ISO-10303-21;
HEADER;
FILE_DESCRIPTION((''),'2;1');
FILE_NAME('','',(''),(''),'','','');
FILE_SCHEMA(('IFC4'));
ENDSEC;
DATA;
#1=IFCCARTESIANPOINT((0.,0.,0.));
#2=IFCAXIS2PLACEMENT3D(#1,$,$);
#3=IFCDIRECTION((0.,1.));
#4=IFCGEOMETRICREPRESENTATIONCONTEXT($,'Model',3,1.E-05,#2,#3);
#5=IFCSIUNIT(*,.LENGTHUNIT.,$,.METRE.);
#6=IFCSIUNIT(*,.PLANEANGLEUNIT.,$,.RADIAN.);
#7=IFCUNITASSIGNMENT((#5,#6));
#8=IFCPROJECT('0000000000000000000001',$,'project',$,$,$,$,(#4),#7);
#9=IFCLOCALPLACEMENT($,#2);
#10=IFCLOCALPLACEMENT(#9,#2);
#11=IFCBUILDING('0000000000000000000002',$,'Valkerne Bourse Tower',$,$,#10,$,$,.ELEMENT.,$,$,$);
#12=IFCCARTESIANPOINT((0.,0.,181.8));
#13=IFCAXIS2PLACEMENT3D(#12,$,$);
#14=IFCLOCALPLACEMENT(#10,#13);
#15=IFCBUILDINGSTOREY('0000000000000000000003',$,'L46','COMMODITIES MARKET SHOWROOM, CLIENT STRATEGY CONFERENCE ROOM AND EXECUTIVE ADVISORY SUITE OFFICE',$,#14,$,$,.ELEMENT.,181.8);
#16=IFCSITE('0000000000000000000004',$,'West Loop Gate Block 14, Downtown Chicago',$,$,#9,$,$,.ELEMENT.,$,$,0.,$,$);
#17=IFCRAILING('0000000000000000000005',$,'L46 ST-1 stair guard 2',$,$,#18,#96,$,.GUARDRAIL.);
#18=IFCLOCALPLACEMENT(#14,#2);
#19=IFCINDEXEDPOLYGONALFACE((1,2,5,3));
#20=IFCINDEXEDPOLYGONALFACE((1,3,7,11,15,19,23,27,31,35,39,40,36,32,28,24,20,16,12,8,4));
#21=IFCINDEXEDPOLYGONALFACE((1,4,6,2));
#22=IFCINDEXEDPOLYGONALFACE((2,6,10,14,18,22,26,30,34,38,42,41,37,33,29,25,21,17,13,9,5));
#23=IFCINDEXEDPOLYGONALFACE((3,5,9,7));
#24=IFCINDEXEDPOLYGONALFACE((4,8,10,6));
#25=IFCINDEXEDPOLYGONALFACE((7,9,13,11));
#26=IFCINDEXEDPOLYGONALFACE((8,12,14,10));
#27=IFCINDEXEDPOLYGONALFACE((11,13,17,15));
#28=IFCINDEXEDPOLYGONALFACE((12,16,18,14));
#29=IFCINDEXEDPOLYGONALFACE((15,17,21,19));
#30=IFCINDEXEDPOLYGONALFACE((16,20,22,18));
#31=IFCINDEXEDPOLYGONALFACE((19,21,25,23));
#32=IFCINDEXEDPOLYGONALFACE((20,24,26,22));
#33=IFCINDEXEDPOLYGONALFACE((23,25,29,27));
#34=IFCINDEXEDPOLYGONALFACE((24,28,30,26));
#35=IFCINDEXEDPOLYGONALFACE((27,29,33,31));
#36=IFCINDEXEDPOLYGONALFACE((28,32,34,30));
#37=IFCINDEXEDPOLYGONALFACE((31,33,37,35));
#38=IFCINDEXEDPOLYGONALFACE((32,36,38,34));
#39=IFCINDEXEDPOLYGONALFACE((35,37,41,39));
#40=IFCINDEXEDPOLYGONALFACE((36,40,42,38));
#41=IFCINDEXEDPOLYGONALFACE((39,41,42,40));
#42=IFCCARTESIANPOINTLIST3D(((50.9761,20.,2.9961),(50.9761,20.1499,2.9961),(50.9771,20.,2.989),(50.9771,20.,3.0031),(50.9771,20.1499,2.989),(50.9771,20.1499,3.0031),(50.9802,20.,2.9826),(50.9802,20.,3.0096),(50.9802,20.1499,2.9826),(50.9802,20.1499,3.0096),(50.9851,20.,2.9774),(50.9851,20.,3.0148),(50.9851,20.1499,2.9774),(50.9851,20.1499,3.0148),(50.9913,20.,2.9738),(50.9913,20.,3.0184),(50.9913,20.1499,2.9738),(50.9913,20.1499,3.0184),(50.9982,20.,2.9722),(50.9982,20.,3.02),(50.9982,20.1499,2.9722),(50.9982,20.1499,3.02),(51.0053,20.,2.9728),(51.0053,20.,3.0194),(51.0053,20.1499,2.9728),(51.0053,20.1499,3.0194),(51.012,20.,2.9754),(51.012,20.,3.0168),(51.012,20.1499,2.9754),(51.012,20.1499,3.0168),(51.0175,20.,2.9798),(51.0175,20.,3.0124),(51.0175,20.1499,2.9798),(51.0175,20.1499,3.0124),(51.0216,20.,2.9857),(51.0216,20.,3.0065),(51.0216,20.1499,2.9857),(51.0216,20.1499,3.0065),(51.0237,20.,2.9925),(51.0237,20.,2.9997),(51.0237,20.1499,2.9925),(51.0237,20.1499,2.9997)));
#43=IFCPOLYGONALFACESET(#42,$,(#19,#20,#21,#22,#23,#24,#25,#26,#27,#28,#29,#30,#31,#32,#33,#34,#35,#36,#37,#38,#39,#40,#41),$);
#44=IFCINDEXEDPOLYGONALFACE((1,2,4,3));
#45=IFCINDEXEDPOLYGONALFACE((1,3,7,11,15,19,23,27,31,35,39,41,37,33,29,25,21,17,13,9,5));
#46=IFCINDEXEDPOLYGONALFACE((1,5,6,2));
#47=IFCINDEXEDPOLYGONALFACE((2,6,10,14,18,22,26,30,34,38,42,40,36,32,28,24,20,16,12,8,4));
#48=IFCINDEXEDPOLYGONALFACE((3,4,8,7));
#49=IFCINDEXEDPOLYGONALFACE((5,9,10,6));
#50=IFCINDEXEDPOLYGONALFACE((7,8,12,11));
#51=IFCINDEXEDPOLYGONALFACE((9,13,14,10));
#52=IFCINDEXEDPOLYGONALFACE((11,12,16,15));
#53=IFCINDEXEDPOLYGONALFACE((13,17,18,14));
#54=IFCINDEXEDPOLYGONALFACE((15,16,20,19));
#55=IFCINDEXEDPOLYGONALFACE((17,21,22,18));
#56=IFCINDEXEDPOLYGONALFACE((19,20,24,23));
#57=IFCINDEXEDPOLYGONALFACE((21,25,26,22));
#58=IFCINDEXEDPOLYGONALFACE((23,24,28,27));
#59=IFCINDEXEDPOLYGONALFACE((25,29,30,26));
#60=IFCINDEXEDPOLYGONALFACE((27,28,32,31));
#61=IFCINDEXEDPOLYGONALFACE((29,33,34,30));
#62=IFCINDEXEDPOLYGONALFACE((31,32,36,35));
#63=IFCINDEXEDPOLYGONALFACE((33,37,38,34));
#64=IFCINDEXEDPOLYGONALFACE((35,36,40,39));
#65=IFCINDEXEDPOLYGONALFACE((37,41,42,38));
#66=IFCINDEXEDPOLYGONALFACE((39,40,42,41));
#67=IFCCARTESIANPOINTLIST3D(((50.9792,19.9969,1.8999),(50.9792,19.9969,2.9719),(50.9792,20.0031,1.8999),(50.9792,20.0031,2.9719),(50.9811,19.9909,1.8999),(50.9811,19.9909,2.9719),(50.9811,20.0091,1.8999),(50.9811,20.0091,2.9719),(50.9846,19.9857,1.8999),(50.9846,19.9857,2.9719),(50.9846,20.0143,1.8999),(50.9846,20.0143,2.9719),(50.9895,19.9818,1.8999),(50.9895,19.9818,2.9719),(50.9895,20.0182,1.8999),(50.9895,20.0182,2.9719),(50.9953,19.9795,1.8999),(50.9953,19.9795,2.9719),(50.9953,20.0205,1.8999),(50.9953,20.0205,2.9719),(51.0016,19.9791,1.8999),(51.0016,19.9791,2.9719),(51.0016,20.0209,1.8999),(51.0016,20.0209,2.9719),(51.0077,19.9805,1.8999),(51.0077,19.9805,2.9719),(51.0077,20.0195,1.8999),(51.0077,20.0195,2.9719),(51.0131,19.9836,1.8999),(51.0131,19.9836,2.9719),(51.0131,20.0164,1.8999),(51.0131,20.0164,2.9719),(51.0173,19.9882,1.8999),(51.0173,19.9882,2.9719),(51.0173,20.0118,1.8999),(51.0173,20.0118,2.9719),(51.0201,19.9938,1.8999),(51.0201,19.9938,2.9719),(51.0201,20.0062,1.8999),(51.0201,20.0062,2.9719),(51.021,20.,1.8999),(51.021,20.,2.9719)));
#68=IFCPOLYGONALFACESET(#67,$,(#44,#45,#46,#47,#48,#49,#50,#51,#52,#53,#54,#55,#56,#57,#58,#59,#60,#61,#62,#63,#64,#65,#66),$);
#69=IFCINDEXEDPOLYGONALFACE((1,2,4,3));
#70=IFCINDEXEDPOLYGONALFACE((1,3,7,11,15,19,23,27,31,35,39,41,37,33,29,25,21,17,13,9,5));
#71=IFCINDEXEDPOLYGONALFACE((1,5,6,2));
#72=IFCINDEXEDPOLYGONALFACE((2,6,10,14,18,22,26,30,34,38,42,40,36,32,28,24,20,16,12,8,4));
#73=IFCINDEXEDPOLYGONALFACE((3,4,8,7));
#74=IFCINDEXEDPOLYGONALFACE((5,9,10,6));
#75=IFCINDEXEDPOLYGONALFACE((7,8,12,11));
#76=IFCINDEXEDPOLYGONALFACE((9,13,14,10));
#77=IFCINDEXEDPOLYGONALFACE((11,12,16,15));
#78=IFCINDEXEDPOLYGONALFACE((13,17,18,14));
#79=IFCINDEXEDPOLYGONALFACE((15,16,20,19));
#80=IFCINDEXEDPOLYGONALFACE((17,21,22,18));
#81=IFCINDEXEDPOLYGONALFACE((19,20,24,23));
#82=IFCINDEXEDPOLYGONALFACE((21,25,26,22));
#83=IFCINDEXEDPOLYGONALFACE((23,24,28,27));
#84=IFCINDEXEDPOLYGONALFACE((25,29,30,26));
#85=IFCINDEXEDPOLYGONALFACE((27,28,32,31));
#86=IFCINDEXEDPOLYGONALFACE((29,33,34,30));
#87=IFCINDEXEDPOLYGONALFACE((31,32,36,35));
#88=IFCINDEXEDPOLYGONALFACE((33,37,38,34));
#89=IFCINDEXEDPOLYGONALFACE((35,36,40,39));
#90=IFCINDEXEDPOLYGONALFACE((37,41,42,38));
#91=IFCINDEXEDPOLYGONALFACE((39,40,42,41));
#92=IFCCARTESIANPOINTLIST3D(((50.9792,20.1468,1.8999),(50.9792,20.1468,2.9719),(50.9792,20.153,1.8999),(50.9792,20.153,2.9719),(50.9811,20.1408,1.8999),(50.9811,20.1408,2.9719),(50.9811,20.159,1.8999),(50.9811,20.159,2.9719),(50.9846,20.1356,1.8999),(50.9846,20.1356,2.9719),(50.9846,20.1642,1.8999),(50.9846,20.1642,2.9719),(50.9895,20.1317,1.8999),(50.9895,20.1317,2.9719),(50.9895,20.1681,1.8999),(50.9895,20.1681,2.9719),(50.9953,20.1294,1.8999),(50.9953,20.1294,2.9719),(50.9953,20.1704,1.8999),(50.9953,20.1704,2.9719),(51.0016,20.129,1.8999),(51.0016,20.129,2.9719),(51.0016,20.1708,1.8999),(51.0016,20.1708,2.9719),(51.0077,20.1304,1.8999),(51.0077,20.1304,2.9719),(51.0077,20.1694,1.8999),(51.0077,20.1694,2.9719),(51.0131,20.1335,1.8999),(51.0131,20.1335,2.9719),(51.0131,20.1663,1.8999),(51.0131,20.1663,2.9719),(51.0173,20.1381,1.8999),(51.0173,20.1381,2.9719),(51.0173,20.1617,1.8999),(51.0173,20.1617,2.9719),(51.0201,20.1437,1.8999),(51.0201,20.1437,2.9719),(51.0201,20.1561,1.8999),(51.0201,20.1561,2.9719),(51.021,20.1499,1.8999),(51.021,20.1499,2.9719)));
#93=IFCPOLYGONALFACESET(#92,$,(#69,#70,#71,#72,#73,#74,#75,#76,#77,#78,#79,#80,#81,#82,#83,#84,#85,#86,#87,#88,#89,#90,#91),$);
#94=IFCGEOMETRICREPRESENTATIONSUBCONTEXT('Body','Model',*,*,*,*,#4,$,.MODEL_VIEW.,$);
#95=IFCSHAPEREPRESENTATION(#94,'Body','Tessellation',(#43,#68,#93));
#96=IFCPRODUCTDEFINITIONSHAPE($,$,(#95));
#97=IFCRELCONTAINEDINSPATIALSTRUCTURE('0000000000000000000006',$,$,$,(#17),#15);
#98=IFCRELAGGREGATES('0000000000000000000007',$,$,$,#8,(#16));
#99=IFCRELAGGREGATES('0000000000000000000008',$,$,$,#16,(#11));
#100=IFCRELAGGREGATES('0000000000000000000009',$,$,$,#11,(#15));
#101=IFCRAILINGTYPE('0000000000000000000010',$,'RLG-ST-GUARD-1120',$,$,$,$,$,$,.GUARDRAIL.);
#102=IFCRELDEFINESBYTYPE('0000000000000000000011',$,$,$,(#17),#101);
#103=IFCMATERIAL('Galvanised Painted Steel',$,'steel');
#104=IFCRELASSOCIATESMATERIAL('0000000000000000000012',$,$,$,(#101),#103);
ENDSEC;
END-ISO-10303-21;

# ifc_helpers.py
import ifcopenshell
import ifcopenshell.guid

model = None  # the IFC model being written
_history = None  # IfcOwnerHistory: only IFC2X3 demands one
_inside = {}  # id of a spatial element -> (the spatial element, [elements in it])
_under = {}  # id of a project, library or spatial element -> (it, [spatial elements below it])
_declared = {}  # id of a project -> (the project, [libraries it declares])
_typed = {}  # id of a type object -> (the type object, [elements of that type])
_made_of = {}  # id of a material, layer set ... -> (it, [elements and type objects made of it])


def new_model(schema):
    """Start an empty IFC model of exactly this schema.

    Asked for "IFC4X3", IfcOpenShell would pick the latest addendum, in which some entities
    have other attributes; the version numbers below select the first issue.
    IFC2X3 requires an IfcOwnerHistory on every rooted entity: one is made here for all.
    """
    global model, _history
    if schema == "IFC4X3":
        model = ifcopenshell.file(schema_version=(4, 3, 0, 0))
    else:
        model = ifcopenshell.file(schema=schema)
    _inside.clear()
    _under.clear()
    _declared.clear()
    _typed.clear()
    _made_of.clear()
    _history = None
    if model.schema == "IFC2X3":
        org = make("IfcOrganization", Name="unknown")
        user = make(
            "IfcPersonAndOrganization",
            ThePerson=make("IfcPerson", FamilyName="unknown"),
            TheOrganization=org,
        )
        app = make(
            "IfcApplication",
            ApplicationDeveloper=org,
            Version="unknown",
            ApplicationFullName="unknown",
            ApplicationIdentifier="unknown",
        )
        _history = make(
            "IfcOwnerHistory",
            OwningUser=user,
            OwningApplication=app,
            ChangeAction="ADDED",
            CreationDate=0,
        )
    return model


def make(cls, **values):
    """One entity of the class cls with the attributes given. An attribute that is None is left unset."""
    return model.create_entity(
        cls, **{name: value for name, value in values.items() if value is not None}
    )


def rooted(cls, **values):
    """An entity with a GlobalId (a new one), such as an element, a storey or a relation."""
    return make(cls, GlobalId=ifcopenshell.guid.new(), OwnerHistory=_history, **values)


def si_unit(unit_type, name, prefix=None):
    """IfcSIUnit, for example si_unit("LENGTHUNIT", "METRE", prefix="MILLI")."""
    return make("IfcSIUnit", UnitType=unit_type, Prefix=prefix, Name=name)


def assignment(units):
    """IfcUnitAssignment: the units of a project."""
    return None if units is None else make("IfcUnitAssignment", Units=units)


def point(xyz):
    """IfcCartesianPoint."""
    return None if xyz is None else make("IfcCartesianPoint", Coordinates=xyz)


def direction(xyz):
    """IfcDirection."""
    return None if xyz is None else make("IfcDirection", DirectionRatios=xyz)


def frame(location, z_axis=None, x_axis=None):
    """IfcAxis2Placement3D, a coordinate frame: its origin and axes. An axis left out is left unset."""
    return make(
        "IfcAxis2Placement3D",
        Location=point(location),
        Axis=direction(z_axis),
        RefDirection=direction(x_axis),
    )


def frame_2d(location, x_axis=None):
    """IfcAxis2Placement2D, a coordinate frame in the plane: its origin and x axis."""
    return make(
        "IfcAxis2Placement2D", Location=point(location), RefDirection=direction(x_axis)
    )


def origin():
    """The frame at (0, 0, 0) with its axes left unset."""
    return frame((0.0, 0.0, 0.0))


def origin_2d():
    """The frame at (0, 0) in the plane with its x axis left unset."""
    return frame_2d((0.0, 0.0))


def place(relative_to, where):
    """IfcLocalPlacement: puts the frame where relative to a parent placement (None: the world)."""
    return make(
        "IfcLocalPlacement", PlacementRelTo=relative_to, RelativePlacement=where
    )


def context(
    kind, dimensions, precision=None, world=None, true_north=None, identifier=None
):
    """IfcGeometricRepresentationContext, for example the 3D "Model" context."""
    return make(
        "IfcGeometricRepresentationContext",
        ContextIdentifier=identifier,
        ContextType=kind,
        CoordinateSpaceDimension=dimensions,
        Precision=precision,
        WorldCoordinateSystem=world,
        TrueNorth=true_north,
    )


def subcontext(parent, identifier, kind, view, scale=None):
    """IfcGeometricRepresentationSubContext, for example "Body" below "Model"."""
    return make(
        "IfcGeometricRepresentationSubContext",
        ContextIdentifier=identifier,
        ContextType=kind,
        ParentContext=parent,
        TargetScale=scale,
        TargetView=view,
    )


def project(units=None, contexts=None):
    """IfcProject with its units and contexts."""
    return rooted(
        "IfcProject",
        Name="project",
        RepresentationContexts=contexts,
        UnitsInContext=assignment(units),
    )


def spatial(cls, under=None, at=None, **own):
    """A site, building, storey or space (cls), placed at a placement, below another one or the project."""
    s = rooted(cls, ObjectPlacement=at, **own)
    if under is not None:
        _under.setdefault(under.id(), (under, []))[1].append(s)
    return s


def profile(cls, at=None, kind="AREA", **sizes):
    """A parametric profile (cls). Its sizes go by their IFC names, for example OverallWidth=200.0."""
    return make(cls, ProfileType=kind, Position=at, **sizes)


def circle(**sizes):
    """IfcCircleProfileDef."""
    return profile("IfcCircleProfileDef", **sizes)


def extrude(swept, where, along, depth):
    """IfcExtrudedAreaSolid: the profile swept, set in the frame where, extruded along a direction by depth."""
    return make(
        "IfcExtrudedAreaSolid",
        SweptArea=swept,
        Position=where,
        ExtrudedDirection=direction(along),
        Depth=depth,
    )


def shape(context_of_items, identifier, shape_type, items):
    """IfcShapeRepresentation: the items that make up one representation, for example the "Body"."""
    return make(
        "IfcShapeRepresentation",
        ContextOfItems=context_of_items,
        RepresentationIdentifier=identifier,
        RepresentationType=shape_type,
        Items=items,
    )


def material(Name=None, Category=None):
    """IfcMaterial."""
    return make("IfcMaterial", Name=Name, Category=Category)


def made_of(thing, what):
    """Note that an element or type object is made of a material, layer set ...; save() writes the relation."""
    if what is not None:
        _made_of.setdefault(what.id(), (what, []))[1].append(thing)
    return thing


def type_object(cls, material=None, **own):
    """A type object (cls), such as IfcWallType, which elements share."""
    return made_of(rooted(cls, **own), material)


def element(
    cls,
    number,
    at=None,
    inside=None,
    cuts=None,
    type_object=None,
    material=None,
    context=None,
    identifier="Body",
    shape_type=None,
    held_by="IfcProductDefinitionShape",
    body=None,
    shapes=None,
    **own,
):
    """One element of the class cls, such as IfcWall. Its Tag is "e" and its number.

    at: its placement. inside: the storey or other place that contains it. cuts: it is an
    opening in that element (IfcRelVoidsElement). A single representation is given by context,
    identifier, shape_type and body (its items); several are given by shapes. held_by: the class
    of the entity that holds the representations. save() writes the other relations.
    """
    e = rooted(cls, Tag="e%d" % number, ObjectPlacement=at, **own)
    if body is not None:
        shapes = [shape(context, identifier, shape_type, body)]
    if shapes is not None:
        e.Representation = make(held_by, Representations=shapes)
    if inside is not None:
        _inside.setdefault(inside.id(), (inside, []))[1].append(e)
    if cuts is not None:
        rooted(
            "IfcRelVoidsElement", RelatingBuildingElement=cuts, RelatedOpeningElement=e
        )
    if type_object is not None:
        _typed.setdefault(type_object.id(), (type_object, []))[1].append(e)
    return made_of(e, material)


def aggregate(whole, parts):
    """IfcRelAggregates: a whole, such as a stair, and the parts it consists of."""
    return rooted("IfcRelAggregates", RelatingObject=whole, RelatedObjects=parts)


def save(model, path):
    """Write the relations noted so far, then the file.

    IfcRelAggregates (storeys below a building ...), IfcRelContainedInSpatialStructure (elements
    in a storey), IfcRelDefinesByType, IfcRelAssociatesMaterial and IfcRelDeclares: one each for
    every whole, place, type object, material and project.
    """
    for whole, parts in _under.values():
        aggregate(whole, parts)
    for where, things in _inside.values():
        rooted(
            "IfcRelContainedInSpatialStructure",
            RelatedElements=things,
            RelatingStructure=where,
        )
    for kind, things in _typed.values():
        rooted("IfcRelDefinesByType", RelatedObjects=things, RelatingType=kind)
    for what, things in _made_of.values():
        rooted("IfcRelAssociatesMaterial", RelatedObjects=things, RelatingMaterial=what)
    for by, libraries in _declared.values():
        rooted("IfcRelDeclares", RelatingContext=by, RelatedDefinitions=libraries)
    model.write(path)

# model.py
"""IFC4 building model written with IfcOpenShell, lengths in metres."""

from ifc_helpers import new_model, si_unit, direction, frame, origin, origin_2d, place, context, subcontext, project, spatial, circle, extrude, material, type_object, element, save


model = new_model("IFC4")

# Units and contexts
model_context = context("Model", 3, precision=1e-05, world=origin(), true_north=direction((0.0, 1.0)))
body_context = subcontext(model_context, "Body", "Model", "MODEL_VIEW")
ifc_project = project(units=[si_unit("LENGTHUNIT", "METRE"), si_unit("PLANEANGLEUNIT", "RADIAN")], contexts=[model_context])

# Site, building, storey
site_placement = place(None, origin())
site = spatial("IfcSite", under=ifc_project, at=site_placement, Name="West Loop Gate Block 14, Downtown Chicago", CompositionType="ELEMENT", RefElevation=0.0)
building_placement = place(site_placement, origin())
building = spatial("IfcBuilding", under=site, at=building_placement, Name="Valkerne Bourse Tower", CompositionType="ELEMENT")
storey_placement = place(building_placement, frame((0.0, 0.0, 181.8)))
storey = spatial("IfcBuildingStorey", under=building, at=storey_placement, Name="L46", Description="COMMODITIES MARKET SHOWROOM, CLIENT STRATEGY CONFERENCE ROOM AND EXECUTIVE ADVISORY SUITE OFFICE", CompositionType="ELEMENT", Elevation=181.8)

# Shared definitions
ifc_material_1 = material(Name="Galvanised Painted Steel", Category="steel")

# Railing
railing_type_1 = type_object("IfcRailingType", Name="RLG-ST-GUARD-1120", PredefinedType="GUARDRAIL", material=ifc_material_1)
railing_1_placement = place(storey_placement, frame((51.0, 20.0, 1.8999)))
element("IfcRailing", 1, at=railing_1_placement, inside=storey, type_object=railing_type_1, Name="L46 ST-1 stair guard 2", PredefinedType="GUARDRAIL", context=body_context, shape_type="SweptSolid", body=[
    extrude(circle(Radius=0.0239, at=origin_2d()), frame((0.0, 0.0, 1.0962), z_axis=(0.0, 1.0, 0.0), x_axis=(-1.0, 0.0, 0.0)), (0.0, 0.0, 1.0), 0.1499),
    extrude(circle(Radius=0.021, at=origin_2d()), origin(), (0.0, 0.0, 1.0), 1.072),
    extrude(circle(Radius=0.021, at=origin_2d()), frame((0.0, 0.1499, 0.0)), (0.0, 0.0, 1.0), 1.072),
])

save(model, "model.ifc")
